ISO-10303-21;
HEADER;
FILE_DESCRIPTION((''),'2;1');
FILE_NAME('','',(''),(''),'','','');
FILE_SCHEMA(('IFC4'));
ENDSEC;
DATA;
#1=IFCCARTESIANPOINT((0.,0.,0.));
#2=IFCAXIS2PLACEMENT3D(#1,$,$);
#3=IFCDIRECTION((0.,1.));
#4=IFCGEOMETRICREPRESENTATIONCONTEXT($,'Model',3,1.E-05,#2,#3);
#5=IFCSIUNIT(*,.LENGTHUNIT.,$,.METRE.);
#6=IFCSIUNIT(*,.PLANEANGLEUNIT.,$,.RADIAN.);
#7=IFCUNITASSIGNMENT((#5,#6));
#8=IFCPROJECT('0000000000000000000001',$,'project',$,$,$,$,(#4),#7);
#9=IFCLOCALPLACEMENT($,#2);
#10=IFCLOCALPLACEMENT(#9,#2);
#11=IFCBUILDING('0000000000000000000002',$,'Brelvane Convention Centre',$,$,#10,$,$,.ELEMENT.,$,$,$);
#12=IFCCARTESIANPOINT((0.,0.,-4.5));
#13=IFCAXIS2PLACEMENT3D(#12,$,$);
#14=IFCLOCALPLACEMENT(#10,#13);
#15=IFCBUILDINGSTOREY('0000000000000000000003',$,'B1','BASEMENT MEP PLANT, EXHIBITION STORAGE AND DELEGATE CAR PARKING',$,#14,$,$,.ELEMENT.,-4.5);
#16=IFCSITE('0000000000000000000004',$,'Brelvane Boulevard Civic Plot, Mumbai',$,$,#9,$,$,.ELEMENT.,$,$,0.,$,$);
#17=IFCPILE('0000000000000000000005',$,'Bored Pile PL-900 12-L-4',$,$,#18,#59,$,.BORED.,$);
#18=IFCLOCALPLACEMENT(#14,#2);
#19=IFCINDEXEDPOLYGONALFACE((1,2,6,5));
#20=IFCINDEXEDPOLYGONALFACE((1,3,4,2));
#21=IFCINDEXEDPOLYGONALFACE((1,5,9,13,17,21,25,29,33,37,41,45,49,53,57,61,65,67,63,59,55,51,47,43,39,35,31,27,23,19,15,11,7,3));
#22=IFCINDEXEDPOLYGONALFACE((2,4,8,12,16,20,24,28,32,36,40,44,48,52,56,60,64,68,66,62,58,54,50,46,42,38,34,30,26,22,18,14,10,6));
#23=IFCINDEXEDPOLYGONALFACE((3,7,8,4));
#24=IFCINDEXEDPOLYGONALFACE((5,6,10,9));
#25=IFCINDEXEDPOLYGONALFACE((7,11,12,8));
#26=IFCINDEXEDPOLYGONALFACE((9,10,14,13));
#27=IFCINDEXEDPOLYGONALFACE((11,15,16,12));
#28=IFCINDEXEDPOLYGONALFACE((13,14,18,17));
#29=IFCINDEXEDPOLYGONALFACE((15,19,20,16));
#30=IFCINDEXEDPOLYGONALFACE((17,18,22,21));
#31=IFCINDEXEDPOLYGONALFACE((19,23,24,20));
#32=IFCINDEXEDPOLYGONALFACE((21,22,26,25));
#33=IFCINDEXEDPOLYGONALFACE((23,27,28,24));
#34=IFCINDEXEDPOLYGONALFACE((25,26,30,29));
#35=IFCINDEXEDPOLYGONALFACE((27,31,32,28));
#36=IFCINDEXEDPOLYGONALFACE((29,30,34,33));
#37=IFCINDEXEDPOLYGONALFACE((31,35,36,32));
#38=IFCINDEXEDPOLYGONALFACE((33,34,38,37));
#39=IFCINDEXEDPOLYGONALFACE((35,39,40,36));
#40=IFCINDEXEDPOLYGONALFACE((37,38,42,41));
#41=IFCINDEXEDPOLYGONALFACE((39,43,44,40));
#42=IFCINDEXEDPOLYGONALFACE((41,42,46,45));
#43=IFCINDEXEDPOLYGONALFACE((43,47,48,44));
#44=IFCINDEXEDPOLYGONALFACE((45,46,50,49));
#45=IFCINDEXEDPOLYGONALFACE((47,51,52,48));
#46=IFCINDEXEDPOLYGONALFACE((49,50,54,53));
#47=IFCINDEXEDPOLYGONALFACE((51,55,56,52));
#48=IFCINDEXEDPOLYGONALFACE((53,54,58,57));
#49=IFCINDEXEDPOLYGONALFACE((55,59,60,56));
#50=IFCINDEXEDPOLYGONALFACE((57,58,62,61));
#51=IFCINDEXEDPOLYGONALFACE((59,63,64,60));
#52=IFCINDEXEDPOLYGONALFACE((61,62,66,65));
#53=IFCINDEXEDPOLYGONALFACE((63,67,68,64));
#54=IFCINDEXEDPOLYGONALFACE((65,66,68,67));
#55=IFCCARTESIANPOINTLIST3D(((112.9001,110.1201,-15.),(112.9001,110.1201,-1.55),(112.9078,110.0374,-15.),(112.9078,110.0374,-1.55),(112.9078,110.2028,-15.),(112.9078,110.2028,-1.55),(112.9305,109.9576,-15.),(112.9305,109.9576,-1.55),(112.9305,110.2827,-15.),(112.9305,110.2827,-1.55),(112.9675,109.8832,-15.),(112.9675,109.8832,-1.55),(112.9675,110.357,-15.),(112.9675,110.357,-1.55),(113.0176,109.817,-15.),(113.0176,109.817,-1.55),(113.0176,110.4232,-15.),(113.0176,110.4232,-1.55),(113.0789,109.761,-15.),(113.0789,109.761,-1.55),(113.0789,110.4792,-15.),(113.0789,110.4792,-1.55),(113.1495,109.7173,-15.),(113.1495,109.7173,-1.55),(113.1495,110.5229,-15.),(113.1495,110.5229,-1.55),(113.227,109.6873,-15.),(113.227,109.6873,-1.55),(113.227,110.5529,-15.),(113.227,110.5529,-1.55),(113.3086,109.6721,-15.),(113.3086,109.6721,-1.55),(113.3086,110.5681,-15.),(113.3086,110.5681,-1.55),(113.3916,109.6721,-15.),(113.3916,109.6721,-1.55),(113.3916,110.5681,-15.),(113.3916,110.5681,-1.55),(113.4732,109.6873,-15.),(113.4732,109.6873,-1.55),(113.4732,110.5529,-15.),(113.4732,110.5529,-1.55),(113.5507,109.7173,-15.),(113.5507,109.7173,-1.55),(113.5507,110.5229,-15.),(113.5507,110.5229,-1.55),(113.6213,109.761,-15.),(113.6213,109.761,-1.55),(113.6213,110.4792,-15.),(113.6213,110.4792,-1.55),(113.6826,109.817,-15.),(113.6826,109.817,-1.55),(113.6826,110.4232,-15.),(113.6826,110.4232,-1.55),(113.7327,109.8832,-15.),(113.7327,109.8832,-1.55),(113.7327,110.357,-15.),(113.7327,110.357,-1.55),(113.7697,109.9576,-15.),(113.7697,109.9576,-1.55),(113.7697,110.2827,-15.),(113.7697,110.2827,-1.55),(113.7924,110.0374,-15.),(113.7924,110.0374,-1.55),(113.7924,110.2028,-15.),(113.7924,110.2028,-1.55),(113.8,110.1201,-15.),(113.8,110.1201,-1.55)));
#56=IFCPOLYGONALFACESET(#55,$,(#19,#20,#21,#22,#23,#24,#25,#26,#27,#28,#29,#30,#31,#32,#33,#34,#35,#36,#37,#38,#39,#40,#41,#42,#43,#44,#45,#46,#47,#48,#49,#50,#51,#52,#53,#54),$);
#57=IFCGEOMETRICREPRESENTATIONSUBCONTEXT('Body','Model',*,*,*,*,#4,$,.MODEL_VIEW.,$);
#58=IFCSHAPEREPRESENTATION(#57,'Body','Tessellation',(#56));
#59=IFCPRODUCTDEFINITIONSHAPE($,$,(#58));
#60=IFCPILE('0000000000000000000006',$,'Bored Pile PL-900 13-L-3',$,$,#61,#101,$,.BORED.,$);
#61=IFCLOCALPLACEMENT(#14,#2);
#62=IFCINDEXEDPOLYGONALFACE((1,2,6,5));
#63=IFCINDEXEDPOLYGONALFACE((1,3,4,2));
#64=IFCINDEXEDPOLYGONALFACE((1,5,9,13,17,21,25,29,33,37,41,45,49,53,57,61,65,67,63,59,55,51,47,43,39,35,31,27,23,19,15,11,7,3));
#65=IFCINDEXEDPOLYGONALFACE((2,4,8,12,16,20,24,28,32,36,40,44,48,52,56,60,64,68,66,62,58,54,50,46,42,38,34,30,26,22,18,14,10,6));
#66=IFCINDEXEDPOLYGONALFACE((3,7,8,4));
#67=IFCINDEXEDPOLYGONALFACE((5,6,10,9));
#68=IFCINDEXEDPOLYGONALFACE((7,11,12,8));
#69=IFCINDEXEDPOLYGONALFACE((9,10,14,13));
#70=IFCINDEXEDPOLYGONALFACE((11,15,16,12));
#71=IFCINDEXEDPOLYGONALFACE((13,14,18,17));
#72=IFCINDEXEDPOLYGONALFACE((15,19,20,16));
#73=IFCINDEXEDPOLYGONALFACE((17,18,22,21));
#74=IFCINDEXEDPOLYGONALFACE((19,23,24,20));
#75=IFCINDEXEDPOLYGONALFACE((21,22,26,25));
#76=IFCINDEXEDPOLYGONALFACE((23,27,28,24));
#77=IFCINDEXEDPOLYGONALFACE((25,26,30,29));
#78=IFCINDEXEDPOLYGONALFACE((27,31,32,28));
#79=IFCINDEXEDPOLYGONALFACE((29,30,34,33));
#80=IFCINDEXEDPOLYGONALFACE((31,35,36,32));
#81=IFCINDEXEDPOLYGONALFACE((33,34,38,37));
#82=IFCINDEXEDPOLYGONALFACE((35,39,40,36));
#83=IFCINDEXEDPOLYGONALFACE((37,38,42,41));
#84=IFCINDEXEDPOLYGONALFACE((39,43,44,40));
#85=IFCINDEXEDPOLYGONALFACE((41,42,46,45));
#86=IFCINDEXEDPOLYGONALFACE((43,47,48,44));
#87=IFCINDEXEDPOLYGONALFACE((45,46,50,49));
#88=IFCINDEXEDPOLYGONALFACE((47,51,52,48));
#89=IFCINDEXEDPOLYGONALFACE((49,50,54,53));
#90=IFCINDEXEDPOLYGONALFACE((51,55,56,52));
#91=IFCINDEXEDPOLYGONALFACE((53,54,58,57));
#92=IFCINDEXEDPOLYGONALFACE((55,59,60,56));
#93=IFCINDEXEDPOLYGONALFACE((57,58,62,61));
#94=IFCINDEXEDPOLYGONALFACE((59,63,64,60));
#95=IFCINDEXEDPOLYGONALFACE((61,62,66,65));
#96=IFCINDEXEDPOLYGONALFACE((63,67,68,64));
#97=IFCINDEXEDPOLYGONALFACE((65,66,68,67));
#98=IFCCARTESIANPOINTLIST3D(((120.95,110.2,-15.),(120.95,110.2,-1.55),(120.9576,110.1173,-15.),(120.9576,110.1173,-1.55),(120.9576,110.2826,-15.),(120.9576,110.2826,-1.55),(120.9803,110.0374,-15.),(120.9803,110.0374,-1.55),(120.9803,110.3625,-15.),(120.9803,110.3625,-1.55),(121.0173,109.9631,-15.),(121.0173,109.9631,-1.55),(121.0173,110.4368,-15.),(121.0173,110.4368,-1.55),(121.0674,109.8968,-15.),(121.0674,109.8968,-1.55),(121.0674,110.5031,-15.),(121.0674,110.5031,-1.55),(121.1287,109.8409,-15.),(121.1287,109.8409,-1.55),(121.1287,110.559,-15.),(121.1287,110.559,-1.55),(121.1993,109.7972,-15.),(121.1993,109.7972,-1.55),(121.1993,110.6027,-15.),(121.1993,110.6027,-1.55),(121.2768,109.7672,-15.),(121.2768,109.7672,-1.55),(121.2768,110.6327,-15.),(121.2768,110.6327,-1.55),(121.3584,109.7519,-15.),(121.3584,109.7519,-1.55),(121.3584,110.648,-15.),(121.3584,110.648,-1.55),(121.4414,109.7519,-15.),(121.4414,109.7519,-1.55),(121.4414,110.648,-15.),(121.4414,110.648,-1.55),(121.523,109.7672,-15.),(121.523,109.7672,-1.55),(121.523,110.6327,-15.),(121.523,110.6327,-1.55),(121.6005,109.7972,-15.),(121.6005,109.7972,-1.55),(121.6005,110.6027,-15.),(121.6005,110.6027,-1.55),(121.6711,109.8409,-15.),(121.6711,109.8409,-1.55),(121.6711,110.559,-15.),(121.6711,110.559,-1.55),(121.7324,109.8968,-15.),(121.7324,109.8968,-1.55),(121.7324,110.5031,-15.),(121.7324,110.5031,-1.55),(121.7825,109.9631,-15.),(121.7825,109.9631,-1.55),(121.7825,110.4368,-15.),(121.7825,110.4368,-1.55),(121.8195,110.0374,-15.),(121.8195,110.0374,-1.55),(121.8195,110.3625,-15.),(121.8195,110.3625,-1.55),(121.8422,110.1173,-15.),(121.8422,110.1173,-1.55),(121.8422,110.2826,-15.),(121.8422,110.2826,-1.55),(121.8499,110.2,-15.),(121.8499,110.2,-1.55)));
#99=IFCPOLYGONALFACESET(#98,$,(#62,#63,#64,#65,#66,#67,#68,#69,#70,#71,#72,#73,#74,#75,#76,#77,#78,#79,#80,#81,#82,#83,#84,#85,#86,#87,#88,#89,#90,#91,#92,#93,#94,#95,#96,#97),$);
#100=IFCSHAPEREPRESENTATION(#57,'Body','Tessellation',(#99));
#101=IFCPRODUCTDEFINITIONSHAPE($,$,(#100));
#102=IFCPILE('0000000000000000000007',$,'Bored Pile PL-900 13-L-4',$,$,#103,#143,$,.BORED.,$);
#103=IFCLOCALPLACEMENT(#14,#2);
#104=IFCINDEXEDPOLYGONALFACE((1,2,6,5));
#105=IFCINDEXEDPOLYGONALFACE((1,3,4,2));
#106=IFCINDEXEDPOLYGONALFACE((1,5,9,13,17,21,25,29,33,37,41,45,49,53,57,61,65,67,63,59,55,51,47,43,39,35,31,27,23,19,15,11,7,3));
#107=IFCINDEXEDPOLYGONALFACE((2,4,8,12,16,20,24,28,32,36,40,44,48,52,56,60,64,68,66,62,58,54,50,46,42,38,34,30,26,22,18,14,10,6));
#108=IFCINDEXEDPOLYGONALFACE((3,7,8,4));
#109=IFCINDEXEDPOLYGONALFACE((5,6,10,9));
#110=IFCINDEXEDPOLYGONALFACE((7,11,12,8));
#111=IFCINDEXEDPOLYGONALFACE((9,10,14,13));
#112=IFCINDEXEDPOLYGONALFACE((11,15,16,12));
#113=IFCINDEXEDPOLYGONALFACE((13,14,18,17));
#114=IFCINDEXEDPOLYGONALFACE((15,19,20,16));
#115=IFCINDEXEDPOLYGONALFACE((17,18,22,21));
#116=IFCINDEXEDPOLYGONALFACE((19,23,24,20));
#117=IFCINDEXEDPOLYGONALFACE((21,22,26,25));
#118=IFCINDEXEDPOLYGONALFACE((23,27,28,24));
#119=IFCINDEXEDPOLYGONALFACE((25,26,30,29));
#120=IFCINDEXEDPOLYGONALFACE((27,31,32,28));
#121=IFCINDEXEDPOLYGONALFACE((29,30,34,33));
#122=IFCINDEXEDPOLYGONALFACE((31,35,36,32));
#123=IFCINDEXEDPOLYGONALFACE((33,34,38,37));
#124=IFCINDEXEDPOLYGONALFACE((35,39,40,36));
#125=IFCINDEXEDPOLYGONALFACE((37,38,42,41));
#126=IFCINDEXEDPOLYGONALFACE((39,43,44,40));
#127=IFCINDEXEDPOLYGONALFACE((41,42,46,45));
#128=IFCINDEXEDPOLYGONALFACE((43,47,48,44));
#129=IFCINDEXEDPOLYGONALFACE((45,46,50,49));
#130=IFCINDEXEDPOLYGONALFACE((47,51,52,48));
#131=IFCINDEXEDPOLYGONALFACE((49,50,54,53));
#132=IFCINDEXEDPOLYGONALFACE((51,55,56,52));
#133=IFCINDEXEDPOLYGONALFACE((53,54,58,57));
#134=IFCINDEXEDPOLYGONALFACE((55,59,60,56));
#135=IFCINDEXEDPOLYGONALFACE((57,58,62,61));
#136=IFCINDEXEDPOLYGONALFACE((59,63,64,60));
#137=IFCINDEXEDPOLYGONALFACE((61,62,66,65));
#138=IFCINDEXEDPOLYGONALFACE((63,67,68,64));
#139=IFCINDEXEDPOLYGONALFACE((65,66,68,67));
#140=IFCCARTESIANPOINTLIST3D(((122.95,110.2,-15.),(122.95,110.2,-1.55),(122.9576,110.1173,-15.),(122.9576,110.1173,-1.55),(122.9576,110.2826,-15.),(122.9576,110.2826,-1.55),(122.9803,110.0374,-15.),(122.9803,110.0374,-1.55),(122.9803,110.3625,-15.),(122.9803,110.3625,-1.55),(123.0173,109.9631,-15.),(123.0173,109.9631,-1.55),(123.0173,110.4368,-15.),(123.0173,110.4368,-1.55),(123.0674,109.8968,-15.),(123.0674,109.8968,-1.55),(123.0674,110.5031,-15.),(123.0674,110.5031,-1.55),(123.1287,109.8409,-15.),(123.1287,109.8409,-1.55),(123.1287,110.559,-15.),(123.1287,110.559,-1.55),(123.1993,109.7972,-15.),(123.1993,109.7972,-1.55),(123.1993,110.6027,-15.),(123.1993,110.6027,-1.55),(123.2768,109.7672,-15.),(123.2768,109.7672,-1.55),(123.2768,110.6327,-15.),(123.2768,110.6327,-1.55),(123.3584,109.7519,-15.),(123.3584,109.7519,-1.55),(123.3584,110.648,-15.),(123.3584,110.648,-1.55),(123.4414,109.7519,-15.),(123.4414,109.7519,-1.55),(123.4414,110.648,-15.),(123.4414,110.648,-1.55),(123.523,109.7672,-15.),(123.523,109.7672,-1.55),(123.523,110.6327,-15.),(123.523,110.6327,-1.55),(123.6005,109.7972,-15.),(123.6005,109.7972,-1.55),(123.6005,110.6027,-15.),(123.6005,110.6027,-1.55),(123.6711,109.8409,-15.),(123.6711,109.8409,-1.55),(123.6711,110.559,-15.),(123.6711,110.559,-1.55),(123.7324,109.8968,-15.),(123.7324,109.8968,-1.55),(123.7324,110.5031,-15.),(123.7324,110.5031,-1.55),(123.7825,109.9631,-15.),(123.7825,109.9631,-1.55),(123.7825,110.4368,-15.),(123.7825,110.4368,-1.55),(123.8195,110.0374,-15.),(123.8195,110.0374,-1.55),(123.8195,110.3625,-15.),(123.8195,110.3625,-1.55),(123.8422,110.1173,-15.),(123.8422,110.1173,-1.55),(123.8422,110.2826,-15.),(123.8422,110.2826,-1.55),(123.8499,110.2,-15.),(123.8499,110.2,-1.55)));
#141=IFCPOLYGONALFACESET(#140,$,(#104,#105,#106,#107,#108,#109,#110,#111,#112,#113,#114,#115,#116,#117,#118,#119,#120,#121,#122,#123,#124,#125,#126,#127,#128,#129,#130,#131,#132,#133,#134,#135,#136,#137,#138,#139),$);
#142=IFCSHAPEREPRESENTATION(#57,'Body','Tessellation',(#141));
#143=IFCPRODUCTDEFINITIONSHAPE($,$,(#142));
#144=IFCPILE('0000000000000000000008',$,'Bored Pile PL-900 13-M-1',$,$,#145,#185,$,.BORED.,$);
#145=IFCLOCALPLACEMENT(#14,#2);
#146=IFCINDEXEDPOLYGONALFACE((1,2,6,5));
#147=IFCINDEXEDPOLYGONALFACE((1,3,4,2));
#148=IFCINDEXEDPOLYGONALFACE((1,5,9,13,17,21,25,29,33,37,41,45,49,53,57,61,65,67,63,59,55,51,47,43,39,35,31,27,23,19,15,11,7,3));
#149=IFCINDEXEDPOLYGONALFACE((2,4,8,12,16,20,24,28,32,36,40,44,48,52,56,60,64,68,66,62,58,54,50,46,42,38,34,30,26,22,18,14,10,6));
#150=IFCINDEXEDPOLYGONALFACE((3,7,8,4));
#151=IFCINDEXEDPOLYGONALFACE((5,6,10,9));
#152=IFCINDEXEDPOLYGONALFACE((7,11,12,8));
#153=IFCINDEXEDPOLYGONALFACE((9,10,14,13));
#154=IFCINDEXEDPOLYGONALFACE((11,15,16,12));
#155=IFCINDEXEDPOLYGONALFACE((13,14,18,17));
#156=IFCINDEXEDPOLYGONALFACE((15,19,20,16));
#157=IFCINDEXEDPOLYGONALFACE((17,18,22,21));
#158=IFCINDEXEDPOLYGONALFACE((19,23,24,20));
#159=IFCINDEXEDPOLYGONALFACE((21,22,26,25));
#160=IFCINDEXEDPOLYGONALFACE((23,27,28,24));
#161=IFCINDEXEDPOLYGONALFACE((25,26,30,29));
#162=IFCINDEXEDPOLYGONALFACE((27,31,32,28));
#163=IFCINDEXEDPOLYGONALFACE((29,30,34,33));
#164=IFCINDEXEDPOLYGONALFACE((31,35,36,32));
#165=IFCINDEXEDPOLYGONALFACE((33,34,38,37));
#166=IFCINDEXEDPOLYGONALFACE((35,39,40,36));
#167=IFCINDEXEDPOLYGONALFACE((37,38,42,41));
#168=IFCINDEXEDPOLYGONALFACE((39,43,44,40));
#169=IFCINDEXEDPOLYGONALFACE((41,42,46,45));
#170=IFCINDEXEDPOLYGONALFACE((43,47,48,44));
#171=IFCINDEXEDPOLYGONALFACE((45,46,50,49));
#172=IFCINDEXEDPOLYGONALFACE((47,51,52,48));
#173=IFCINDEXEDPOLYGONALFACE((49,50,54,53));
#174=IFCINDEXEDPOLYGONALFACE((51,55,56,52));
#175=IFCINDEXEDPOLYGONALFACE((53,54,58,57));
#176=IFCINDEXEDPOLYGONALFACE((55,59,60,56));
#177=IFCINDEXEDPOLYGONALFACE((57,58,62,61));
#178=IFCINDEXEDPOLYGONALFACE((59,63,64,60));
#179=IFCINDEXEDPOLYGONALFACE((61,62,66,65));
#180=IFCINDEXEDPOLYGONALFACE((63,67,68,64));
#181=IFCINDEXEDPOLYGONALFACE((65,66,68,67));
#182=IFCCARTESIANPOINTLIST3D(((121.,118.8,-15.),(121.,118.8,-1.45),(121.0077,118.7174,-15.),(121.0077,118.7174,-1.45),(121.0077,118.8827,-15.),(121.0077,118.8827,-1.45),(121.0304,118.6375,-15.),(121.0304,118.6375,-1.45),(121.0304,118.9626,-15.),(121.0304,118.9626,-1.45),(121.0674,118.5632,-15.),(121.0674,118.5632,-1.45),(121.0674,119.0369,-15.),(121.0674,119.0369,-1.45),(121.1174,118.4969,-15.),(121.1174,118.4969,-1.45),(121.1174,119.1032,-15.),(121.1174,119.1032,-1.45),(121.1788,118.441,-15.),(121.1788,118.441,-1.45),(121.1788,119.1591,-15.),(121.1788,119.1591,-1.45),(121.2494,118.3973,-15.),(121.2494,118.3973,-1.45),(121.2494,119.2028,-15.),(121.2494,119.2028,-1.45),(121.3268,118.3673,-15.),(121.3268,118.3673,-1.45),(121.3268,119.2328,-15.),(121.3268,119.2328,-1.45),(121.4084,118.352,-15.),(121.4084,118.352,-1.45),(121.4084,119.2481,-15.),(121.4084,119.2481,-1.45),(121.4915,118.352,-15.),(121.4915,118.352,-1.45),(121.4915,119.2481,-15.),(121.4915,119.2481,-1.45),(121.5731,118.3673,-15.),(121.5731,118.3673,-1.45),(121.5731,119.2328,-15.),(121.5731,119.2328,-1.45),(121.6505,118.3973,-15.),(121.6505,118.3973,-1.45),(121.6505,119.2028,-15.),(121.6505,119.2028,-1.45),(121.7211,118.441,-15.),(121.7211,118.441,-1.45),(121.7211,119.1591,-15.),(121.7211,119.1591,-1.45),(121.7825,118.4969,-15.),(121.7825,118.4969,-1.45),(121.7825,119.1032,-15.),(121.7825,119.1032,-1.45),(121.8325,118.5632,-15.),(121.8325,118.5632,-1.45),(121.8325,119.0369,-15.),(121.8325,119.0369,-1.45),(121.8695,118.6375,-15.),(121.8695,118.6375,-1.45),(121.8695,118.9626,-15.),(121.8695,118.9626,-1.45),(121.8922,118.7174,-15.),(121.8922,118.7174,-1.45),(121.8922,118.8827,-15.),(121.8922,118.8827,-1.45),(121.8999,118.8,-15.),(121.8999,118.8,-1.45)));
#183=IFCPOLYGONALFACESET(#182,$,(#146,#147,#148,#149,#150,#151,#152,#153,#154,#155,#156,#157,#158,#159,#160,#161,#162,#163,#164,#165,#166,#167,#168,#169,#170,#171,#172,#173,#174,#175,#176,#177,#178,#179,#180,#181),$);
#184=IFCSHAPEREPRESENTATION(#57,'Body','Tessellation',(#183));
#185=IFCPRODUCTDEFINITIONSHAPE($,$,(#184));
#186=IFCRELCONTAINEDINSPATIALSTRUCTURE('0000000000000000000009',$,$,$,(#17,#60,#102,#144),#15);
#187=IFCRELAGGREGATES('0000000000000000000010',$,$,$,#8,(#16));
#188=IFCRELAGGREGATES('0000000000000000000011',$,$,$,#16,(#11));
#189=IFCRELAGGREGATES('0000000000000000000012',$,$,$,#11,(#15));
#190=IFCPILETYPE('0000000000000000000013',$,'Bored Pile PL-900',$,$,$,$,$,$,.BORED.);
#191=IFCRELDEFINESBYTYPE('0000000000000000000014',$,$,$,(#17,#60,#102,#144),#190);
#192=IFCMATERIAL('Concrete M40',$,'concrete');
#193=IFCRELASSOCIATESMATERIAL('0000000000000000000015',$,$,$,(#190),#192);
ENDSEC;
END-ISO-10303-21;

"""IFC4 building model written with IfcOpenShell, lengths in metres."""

from ifc_helpers import new_model, si_unit, direction, frame, origin, origin_2d, place, context, subcontext, project, spatial, circle, extrude, material, material_profile, profile_set, type_object, element, save


model = new_model("IFC4")

# Units and contexts
model_context = context("Model", 3, precision=1e-05, world=origin(), true_north=direction((0.0, 1.0)))
body_context = subcontext(model_context, "Body", "Model", "MODEL_VIEW")
ifc_project = project(units=[si_unit("LENGTHUNIT", "METRE"), si_unit("PLANEANGLEUNIT", "RADIAN")], contexts=[model_context])

# Site, building, storey
site_placement = place(None, origin())
site = spatial("IfcSite", under=ifc_project, at=site_placement, Name="Brelvane Boulevard Civic Plot, Mumbai", CompositionType="ELEMENT", RefElevation=0.0)
building_placement = place(site_placement, origin())
building = spatial("IfcBuilding", under=site, at=building_placement, Name="Brelvane Convention Centre", CompositionType="ELEMENT")
storey_placement = place(building_placement, frame((0.0, 0.0, -4.5)))
storey = spatial("IfcBuildingStorey", under=building, at=storey_placement, Name="B1", Description="BASEMENT MEP PLANT, EXHIBITION STORAGE AND DELEGATE CAR PARKING", CompositionType="ELEMENT", Elevation=-4.5)

# Piles
ifc_material_1 = material(Name="Concrete M40", Category="concrete")
ifc_material_profile_1 = material_profile(ifc_material_1, circle(Radius=0.45, at=origin_2d()), Name="PILE D900")
ifc_profile_set_1 = profile_set([ifc_material_profile_1], Name="Concrete M40")
pile_type = type_object("IfcPileType", Name="Bored Pile PL-900", PredefinedType="BORED", material=ifc_profile_set_1)
for number, where, z_axis, x_axis, name in (
    (1, (113.3501, 110.1201, -1.55), (0.0, 0.0, -1.0), (1.0, 0.0, 0.0), "Bored Pile PL-900 12-L-4"),
    (2, (121.3999, 110.2, -1.55), (0.0, 0.0, -1.0), (1.0, 0.0, 0.0), "Bored Pile PL-900 13-L-3"),
    (3, (123.3999, 110.2, -1.55), (0.0, 0.0, -1.0), (1.0, 0.0, 0.0), "Bored Pile PL-900 13-L-4"),
):
    element("IfcPile", number, at=place(storey_placement, frame(where, z_axis=z_axis, x_axis=x_axis)), inside=storey, type_object=pile_type, Name=name, PredefinedType="BORED", context=body_context, shape_type="SweptSolid", body=[
        extrude(circle(Radius=0.45, at=origin_2d()), origin(), (0.0, 0.0, 1.0), 13.45),
    ])
for number, where, z_axis, x_axis, name in (
    (4, (121.45, 118.8, -1.45), (0.0, 0.0, -1.0), (1.0, 0.0, 0.0), "Bored Pile PL-900 13-M-1"),
):
    element("IfcPile", number, at=place(storey_placement, frame(where, z_axis=z_axis, x_axis=x_axis)), inside=storey, type_object=pile_type, Name=name, PredefinedType="BORED", context=body_context, shape_type="SweptSolid", body=[
        extrude(circle(Radius=0.45, at=origin_2d()), origin(), (0.0, 0.0, 1.0), 13.55),
    ])

save(model, "model.ifc")
